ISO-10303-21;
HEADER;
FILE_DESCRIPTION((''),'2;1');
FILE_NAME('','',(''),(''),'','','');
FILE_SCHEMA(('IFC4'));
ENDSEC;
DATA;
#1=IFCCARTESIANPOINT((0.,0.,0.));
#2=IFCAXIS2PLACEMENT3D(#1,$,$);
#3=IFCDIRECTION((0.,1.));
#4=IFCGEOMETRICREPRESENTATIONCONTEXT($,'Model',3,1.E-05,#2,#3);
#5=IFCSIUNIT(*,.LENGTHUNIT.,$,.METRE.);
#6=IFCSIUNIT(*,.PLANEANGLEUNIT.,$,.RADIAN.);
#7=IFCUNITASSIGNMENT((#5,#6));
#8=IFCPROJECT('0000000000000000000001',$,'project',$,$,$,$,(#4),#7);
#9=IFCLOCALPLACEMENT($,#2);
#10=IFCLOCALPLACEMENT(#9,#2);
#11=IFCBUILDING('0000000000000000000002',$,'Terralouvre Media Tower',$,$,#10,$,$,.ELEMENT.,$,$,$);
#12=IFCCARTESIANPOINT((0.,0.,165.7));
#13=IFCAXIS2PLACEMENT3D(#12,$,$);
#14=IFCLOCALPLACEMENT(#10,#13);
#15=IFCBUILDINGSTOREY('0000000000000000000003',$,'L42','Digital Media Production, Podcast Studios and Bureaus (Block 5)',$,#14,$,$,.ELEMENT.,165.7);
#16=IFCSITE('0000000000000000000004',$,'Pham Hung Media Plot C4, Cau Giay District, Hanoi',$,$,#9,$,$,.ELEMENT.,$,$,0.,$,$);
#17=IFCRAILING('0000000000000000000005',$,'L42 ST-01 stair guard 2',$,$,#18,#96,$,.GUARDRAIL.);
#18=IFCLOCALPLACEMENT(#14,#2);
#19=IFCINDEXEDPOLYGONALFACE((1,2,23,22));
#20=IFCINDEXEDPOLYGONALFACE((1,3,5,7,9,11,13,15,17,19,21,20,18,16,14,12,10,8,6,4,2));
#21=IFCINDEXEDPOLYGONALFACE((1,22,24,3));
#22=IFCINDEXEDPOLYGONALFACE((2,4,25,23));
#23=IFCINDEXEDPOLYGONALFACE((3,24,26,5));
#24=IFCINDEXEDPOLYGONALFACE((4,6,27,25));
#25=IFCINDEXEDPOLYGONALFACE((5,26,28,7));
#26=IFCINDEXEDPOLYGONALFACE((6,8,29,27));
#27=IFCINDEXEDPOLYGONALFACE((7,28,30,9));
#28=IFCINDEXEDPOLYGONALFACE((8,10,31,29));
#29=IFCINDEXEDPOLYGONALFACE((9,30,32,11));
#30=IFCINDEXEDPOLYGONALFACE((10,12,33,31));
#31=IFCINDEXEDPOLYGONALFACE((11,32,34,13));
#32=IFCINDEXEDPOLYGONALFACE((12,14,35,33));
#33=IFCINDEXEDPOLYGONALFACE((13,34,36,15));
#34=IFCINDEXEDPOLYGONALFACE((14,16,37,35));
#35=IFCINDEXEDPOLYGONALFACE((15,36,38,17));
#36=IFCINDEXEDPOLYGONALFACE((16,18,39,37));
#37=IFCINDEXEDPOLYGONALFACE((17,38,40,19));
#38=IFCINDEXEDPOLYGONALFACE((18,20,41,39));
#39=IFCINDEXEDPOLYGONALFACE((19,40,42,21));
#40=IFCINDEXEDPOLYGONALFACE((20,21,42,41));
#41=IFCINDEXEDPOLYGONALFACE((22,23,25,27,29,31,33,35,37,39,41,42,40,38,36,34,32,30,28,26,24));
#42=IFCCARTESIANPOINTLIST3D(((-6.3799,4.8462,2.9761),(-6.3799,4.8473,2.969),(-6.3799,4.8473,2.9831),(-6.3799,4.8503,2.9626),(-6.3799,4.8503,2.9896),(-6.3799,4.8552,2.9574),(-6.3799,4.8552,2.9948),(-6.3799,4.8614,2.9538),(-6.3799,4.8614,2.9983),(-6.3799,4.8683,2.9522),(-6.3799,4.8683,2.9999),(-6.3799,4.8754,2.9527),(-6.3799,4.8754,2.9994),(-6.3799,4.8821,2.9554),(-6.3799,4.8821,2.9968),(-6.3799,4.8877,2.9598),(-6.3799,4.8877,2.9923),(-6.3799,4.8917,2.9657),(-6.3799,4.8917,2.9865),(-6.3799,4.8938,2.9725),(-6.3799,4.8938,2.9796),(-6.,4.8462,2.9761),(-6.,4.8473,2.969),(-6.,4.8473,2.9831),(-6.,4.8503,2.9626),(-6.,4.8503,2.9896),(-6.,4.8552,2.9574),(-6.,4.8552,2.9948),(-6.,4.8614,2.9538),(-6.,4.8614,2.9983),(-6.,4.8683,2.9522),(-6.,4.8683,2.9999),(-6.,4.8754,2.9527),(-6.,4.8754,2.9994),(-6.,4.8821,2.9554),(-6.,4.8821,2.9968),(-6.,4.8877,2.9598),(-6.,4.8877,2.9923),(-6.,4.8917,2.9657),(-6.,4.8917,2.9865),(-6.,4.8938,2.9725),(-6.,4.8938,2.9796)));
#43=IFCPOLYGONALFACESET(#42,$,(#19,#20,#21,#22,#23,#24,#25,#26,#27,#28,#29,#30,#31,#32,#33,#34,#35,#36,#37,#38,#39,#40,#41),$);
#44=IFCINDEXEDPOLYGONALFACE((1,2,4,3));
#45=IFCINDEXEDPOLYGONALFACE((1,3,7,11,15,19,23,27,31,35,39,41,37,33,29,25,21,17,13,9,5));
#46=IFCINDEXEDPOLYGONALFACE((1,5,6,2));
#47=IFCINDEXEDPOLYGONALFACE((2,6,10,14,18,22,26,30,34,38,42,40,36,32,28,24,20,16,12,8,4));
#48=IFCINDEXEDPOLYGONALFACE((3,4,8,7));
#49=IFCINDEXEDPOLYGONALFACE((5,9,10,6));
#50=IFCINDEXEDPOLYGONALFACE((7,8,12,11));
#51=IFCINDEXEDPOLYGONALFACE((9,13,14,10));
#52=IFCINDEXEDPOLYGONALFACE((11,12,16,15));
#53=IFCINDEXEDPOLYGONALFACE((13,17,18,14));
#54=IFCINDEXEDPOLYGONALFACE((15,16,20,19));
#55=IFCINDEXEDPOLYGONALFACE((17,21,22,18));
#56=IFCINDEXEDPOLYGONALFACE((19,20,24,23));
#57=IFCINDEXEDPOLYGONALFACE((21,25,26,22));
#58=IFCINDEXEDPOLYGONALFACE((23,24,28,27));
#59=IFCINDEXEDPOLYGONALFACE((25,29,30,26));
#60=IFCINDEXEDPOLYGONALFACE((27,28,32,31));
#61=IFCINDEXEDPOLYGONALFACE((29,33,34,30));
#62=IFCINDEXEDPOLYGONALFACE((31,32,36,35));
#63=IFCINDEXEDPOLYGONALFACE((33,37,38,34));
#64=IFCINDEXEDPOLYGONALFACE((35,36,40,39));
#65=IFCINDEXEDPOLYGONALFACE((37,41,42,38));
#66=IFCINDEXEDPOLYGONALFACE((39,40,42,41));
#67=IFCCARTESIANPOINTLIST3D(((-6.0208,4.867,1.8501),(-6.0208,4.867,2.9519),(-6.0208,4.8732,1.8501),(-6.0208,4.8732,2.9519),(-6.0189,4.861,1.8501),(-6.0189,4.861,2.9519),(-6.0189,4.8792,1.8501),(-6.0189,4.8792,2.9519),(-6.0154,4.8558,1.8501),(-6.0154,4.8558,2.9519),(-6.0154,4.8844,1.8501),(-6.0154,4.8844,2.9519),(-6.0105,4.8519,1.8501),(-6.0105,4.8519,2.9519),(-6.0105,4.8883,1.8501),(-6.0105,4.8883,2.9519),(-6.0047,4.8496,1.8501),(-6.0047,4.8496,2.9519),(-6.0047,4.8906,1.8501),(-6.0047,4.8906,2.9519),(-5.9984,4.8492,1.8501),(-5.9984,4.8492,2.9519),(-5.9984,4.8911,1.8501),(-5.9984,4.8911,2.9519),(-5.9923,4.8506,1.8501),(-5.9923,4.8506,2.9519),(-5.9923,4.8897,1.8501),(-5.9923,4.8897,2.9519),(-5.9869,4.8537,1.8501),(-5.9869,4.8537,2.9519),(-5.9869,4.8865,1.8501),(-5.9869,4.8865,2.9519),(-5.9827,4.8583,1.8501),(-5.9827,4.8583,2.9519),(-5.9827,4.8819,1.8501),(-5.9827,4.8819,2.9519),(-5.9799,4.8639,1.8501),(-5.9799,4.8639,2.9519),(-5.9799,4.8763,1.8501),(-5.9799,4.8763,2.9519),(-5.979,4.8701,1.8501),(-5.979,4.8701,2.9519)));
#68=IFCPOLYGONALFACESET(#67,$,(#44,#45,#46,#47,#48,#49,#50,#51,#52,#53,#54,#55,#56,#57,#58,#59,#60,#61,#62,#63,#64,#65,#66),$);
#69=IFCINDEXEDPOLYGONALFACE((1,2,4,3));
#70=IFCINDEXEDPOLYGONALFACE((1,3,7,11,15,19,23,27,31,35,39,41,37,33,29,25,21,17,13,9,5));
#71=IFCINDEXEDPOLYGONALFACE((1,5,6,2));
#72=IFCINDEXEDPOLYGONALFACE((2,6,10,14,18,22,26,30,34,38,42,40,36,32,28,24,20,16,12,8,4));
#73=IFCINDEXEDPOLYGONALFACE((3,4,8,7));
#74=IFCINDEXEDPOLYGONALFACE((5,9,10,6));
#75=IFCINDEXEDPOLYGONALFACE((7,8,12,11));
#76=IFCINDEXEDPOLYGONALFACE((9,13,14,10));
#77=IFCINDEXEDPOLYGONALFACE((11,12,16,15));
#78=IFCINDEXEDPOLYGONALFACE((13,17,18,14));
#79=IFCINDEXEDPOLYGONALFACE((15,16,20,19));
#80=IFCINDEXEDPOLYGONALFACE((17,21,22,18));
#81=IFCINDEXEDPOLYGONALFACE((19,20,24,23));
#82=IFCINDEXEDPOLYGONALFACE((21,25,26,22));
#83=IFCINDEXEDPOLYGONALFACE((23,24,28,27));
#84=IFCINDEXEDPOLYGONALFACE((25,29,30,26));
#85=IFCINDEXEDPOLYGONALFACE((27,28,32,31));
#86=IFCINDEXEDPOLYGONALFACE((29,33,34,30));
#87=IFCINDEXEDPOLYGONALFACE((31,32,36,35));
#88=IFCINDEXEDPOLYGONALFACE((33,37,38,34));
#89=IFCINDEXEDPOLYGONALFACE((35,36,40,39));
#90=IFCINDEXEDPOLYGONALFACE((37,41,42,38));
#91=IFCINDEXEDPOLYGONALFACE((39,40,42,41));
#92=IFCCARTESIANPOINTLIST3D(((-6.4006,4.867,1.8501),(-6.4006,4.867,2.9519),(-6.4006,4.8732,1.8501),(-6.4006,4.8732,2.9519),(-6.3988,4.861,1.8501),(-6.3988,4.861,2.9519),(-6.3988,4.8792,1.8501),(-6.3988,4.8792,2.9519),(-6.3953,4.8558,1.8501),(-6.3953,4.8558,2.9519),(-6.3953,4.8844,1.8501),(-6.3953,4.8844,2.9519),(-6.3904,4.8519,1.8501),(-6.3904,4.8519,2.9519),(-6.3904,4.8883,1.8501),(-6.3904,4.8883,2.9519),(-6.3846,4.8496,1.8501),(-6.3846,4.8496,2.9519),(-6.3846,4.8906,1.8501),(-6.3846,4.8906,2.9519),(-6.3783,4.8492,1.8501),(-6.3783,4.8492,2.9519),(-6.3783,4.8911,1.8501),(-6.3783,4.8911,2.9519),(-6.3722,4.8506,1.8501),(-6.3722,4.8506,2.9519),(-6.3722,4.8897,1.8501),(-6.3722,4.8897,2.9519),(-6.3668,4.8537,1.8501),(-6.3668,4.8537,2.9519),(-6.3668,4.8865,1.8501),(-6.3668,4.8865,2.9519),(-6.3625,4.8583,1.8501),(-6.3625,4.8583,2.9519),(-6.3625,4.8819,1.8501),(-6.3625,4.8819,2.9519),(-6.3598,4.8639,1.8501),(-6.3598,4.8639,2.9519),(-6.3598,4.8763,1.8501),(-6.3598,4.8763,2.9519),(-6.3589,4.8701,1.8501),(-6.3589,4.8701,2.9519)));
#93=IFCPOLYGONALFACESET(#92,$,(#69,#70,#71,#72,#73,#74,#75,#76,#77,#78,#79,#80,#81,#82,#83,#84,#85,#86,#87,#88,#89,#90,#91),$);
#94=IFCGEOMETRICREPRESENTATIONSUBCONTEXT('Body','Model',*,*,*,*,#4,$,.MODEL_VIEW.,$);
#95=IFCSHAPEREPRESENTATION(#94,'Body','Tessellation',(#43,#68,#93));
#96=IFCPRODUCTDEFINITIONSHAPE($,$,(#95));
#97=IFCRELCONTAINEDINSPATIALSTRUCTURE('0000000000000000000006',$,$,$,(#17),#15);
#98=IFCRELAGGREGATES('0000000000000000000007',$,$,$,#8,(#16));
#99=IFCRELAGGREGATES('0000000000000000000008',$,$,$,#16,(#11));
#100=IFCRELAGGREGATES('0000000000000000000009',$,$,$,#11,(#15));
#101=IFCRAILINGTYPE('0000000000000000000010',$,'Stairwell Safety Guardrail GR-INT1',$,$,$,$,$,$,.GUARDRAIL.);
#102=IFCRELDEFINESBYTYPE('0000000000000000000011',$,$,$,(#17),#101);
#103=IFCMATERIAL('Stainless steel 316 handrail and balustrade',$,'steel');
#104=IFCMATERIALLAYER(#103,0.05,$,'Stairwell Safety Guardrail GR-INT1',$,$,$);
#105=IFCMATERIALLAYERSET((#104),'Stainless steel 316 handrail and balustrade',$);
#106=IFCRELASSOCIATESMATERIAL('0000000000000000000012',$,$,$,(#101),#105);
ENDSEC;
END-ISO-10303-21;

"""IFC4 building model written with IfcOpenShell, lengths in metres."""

from ifc_helpers import new_model, si_unit, direction, frame, origin, origin_2d, place, context, subcontext, project, spatial, circle, extrude, material, layer, layer_set, type_object, element, save


model = new_model("IFC4")

# Units and contexts
model_context = context("Model", 3, precision=1e-05, world=origin(), true_north=direction((0.0, 1.0)))
body_context = subcontext(model_context, "Body", "Model", "MODEL_VIEW")
ifc_project = project(units=[si_unit("LENGTHUNIT", "METRE"), si_unit("PLANEANGLEUNIT", "RADIAN")], contexts=[model_context])

# Site, building, storey
site_placement = place(None, origin())
site = spatial("IfcSite", under=ifc_project, at=site_placement, Name="Pham Hung Media Plot C4, Cau Giay District, Hanoi", CompositionType="ELEMENT", RefElevation=0.0)
building_placement = place(site_placement, origin())
building = spatial("IfcBuilding", under=site, at=building_placement, Name="Terralouvre Media Tower", CompositionType="ELEMENT")
storey_placement = place(building_placement, frame((0.0, 0.0, 165.7)))
storey = spatial("IfcBuildingStorey", under=building, at=storey_placement, Name="L42", Description="Digital Media Production, Podcast Studios and Bureaus (Block 5)", CompositionType="ELEMENT", Elevation=165.7)

# Railing
ifc_material_1 = material(Name="Stainless steel 316 handrail and balustrade", Category="steel")
ifc_layer_1 = layer(ifc_material_1, 0.05, Name="Stairwell Safety Guardrail GR-INT1")
ifc_layer_set_1 = layer_set([ifc_layer_1], Name="Stainless steel 316 handrail and balustrade")
railing_type_1 = type_object("IfcRailingType", Name="Stairwell Safety Guardrail GR-INT1", PredefinedType="GUARDRAIL", material=ifc_layer_set_1)
railing_1_placement = place(storey_placement, frame((-6.0, 4.8701, 1.8501)))
element("IfcRailing", 1, at=railing_1_placement, inside=storey, type_object=railing_type_1, Name="L42 ST-01 stair guard 2", PredefinedType="GUARDRAIL", context=body_context, shape_type="SweptSolid", body=[
    extrude(circle(Radius=0.0239, at=origin_2d()), frame((0.0, 0.0, 1.126), z_axis=(-1.0, 0.0, 0.0), x_axis=(0.0, -1.0, 0.0)), (0.0, 0.0, 1.0), 0.3799),
    extrude(circle(Radius=0.021, at=origin_2d()), origin(), (0.0, 0.0, 1.0), 1.1018),
    extrude(circle(Radius=0.021, at=origin_2d()), frame((-0.3799, 0.0, 0.0)), (0.0, 0.0, 1.0), 1.1018),
])

save(model, "model.ifc")
